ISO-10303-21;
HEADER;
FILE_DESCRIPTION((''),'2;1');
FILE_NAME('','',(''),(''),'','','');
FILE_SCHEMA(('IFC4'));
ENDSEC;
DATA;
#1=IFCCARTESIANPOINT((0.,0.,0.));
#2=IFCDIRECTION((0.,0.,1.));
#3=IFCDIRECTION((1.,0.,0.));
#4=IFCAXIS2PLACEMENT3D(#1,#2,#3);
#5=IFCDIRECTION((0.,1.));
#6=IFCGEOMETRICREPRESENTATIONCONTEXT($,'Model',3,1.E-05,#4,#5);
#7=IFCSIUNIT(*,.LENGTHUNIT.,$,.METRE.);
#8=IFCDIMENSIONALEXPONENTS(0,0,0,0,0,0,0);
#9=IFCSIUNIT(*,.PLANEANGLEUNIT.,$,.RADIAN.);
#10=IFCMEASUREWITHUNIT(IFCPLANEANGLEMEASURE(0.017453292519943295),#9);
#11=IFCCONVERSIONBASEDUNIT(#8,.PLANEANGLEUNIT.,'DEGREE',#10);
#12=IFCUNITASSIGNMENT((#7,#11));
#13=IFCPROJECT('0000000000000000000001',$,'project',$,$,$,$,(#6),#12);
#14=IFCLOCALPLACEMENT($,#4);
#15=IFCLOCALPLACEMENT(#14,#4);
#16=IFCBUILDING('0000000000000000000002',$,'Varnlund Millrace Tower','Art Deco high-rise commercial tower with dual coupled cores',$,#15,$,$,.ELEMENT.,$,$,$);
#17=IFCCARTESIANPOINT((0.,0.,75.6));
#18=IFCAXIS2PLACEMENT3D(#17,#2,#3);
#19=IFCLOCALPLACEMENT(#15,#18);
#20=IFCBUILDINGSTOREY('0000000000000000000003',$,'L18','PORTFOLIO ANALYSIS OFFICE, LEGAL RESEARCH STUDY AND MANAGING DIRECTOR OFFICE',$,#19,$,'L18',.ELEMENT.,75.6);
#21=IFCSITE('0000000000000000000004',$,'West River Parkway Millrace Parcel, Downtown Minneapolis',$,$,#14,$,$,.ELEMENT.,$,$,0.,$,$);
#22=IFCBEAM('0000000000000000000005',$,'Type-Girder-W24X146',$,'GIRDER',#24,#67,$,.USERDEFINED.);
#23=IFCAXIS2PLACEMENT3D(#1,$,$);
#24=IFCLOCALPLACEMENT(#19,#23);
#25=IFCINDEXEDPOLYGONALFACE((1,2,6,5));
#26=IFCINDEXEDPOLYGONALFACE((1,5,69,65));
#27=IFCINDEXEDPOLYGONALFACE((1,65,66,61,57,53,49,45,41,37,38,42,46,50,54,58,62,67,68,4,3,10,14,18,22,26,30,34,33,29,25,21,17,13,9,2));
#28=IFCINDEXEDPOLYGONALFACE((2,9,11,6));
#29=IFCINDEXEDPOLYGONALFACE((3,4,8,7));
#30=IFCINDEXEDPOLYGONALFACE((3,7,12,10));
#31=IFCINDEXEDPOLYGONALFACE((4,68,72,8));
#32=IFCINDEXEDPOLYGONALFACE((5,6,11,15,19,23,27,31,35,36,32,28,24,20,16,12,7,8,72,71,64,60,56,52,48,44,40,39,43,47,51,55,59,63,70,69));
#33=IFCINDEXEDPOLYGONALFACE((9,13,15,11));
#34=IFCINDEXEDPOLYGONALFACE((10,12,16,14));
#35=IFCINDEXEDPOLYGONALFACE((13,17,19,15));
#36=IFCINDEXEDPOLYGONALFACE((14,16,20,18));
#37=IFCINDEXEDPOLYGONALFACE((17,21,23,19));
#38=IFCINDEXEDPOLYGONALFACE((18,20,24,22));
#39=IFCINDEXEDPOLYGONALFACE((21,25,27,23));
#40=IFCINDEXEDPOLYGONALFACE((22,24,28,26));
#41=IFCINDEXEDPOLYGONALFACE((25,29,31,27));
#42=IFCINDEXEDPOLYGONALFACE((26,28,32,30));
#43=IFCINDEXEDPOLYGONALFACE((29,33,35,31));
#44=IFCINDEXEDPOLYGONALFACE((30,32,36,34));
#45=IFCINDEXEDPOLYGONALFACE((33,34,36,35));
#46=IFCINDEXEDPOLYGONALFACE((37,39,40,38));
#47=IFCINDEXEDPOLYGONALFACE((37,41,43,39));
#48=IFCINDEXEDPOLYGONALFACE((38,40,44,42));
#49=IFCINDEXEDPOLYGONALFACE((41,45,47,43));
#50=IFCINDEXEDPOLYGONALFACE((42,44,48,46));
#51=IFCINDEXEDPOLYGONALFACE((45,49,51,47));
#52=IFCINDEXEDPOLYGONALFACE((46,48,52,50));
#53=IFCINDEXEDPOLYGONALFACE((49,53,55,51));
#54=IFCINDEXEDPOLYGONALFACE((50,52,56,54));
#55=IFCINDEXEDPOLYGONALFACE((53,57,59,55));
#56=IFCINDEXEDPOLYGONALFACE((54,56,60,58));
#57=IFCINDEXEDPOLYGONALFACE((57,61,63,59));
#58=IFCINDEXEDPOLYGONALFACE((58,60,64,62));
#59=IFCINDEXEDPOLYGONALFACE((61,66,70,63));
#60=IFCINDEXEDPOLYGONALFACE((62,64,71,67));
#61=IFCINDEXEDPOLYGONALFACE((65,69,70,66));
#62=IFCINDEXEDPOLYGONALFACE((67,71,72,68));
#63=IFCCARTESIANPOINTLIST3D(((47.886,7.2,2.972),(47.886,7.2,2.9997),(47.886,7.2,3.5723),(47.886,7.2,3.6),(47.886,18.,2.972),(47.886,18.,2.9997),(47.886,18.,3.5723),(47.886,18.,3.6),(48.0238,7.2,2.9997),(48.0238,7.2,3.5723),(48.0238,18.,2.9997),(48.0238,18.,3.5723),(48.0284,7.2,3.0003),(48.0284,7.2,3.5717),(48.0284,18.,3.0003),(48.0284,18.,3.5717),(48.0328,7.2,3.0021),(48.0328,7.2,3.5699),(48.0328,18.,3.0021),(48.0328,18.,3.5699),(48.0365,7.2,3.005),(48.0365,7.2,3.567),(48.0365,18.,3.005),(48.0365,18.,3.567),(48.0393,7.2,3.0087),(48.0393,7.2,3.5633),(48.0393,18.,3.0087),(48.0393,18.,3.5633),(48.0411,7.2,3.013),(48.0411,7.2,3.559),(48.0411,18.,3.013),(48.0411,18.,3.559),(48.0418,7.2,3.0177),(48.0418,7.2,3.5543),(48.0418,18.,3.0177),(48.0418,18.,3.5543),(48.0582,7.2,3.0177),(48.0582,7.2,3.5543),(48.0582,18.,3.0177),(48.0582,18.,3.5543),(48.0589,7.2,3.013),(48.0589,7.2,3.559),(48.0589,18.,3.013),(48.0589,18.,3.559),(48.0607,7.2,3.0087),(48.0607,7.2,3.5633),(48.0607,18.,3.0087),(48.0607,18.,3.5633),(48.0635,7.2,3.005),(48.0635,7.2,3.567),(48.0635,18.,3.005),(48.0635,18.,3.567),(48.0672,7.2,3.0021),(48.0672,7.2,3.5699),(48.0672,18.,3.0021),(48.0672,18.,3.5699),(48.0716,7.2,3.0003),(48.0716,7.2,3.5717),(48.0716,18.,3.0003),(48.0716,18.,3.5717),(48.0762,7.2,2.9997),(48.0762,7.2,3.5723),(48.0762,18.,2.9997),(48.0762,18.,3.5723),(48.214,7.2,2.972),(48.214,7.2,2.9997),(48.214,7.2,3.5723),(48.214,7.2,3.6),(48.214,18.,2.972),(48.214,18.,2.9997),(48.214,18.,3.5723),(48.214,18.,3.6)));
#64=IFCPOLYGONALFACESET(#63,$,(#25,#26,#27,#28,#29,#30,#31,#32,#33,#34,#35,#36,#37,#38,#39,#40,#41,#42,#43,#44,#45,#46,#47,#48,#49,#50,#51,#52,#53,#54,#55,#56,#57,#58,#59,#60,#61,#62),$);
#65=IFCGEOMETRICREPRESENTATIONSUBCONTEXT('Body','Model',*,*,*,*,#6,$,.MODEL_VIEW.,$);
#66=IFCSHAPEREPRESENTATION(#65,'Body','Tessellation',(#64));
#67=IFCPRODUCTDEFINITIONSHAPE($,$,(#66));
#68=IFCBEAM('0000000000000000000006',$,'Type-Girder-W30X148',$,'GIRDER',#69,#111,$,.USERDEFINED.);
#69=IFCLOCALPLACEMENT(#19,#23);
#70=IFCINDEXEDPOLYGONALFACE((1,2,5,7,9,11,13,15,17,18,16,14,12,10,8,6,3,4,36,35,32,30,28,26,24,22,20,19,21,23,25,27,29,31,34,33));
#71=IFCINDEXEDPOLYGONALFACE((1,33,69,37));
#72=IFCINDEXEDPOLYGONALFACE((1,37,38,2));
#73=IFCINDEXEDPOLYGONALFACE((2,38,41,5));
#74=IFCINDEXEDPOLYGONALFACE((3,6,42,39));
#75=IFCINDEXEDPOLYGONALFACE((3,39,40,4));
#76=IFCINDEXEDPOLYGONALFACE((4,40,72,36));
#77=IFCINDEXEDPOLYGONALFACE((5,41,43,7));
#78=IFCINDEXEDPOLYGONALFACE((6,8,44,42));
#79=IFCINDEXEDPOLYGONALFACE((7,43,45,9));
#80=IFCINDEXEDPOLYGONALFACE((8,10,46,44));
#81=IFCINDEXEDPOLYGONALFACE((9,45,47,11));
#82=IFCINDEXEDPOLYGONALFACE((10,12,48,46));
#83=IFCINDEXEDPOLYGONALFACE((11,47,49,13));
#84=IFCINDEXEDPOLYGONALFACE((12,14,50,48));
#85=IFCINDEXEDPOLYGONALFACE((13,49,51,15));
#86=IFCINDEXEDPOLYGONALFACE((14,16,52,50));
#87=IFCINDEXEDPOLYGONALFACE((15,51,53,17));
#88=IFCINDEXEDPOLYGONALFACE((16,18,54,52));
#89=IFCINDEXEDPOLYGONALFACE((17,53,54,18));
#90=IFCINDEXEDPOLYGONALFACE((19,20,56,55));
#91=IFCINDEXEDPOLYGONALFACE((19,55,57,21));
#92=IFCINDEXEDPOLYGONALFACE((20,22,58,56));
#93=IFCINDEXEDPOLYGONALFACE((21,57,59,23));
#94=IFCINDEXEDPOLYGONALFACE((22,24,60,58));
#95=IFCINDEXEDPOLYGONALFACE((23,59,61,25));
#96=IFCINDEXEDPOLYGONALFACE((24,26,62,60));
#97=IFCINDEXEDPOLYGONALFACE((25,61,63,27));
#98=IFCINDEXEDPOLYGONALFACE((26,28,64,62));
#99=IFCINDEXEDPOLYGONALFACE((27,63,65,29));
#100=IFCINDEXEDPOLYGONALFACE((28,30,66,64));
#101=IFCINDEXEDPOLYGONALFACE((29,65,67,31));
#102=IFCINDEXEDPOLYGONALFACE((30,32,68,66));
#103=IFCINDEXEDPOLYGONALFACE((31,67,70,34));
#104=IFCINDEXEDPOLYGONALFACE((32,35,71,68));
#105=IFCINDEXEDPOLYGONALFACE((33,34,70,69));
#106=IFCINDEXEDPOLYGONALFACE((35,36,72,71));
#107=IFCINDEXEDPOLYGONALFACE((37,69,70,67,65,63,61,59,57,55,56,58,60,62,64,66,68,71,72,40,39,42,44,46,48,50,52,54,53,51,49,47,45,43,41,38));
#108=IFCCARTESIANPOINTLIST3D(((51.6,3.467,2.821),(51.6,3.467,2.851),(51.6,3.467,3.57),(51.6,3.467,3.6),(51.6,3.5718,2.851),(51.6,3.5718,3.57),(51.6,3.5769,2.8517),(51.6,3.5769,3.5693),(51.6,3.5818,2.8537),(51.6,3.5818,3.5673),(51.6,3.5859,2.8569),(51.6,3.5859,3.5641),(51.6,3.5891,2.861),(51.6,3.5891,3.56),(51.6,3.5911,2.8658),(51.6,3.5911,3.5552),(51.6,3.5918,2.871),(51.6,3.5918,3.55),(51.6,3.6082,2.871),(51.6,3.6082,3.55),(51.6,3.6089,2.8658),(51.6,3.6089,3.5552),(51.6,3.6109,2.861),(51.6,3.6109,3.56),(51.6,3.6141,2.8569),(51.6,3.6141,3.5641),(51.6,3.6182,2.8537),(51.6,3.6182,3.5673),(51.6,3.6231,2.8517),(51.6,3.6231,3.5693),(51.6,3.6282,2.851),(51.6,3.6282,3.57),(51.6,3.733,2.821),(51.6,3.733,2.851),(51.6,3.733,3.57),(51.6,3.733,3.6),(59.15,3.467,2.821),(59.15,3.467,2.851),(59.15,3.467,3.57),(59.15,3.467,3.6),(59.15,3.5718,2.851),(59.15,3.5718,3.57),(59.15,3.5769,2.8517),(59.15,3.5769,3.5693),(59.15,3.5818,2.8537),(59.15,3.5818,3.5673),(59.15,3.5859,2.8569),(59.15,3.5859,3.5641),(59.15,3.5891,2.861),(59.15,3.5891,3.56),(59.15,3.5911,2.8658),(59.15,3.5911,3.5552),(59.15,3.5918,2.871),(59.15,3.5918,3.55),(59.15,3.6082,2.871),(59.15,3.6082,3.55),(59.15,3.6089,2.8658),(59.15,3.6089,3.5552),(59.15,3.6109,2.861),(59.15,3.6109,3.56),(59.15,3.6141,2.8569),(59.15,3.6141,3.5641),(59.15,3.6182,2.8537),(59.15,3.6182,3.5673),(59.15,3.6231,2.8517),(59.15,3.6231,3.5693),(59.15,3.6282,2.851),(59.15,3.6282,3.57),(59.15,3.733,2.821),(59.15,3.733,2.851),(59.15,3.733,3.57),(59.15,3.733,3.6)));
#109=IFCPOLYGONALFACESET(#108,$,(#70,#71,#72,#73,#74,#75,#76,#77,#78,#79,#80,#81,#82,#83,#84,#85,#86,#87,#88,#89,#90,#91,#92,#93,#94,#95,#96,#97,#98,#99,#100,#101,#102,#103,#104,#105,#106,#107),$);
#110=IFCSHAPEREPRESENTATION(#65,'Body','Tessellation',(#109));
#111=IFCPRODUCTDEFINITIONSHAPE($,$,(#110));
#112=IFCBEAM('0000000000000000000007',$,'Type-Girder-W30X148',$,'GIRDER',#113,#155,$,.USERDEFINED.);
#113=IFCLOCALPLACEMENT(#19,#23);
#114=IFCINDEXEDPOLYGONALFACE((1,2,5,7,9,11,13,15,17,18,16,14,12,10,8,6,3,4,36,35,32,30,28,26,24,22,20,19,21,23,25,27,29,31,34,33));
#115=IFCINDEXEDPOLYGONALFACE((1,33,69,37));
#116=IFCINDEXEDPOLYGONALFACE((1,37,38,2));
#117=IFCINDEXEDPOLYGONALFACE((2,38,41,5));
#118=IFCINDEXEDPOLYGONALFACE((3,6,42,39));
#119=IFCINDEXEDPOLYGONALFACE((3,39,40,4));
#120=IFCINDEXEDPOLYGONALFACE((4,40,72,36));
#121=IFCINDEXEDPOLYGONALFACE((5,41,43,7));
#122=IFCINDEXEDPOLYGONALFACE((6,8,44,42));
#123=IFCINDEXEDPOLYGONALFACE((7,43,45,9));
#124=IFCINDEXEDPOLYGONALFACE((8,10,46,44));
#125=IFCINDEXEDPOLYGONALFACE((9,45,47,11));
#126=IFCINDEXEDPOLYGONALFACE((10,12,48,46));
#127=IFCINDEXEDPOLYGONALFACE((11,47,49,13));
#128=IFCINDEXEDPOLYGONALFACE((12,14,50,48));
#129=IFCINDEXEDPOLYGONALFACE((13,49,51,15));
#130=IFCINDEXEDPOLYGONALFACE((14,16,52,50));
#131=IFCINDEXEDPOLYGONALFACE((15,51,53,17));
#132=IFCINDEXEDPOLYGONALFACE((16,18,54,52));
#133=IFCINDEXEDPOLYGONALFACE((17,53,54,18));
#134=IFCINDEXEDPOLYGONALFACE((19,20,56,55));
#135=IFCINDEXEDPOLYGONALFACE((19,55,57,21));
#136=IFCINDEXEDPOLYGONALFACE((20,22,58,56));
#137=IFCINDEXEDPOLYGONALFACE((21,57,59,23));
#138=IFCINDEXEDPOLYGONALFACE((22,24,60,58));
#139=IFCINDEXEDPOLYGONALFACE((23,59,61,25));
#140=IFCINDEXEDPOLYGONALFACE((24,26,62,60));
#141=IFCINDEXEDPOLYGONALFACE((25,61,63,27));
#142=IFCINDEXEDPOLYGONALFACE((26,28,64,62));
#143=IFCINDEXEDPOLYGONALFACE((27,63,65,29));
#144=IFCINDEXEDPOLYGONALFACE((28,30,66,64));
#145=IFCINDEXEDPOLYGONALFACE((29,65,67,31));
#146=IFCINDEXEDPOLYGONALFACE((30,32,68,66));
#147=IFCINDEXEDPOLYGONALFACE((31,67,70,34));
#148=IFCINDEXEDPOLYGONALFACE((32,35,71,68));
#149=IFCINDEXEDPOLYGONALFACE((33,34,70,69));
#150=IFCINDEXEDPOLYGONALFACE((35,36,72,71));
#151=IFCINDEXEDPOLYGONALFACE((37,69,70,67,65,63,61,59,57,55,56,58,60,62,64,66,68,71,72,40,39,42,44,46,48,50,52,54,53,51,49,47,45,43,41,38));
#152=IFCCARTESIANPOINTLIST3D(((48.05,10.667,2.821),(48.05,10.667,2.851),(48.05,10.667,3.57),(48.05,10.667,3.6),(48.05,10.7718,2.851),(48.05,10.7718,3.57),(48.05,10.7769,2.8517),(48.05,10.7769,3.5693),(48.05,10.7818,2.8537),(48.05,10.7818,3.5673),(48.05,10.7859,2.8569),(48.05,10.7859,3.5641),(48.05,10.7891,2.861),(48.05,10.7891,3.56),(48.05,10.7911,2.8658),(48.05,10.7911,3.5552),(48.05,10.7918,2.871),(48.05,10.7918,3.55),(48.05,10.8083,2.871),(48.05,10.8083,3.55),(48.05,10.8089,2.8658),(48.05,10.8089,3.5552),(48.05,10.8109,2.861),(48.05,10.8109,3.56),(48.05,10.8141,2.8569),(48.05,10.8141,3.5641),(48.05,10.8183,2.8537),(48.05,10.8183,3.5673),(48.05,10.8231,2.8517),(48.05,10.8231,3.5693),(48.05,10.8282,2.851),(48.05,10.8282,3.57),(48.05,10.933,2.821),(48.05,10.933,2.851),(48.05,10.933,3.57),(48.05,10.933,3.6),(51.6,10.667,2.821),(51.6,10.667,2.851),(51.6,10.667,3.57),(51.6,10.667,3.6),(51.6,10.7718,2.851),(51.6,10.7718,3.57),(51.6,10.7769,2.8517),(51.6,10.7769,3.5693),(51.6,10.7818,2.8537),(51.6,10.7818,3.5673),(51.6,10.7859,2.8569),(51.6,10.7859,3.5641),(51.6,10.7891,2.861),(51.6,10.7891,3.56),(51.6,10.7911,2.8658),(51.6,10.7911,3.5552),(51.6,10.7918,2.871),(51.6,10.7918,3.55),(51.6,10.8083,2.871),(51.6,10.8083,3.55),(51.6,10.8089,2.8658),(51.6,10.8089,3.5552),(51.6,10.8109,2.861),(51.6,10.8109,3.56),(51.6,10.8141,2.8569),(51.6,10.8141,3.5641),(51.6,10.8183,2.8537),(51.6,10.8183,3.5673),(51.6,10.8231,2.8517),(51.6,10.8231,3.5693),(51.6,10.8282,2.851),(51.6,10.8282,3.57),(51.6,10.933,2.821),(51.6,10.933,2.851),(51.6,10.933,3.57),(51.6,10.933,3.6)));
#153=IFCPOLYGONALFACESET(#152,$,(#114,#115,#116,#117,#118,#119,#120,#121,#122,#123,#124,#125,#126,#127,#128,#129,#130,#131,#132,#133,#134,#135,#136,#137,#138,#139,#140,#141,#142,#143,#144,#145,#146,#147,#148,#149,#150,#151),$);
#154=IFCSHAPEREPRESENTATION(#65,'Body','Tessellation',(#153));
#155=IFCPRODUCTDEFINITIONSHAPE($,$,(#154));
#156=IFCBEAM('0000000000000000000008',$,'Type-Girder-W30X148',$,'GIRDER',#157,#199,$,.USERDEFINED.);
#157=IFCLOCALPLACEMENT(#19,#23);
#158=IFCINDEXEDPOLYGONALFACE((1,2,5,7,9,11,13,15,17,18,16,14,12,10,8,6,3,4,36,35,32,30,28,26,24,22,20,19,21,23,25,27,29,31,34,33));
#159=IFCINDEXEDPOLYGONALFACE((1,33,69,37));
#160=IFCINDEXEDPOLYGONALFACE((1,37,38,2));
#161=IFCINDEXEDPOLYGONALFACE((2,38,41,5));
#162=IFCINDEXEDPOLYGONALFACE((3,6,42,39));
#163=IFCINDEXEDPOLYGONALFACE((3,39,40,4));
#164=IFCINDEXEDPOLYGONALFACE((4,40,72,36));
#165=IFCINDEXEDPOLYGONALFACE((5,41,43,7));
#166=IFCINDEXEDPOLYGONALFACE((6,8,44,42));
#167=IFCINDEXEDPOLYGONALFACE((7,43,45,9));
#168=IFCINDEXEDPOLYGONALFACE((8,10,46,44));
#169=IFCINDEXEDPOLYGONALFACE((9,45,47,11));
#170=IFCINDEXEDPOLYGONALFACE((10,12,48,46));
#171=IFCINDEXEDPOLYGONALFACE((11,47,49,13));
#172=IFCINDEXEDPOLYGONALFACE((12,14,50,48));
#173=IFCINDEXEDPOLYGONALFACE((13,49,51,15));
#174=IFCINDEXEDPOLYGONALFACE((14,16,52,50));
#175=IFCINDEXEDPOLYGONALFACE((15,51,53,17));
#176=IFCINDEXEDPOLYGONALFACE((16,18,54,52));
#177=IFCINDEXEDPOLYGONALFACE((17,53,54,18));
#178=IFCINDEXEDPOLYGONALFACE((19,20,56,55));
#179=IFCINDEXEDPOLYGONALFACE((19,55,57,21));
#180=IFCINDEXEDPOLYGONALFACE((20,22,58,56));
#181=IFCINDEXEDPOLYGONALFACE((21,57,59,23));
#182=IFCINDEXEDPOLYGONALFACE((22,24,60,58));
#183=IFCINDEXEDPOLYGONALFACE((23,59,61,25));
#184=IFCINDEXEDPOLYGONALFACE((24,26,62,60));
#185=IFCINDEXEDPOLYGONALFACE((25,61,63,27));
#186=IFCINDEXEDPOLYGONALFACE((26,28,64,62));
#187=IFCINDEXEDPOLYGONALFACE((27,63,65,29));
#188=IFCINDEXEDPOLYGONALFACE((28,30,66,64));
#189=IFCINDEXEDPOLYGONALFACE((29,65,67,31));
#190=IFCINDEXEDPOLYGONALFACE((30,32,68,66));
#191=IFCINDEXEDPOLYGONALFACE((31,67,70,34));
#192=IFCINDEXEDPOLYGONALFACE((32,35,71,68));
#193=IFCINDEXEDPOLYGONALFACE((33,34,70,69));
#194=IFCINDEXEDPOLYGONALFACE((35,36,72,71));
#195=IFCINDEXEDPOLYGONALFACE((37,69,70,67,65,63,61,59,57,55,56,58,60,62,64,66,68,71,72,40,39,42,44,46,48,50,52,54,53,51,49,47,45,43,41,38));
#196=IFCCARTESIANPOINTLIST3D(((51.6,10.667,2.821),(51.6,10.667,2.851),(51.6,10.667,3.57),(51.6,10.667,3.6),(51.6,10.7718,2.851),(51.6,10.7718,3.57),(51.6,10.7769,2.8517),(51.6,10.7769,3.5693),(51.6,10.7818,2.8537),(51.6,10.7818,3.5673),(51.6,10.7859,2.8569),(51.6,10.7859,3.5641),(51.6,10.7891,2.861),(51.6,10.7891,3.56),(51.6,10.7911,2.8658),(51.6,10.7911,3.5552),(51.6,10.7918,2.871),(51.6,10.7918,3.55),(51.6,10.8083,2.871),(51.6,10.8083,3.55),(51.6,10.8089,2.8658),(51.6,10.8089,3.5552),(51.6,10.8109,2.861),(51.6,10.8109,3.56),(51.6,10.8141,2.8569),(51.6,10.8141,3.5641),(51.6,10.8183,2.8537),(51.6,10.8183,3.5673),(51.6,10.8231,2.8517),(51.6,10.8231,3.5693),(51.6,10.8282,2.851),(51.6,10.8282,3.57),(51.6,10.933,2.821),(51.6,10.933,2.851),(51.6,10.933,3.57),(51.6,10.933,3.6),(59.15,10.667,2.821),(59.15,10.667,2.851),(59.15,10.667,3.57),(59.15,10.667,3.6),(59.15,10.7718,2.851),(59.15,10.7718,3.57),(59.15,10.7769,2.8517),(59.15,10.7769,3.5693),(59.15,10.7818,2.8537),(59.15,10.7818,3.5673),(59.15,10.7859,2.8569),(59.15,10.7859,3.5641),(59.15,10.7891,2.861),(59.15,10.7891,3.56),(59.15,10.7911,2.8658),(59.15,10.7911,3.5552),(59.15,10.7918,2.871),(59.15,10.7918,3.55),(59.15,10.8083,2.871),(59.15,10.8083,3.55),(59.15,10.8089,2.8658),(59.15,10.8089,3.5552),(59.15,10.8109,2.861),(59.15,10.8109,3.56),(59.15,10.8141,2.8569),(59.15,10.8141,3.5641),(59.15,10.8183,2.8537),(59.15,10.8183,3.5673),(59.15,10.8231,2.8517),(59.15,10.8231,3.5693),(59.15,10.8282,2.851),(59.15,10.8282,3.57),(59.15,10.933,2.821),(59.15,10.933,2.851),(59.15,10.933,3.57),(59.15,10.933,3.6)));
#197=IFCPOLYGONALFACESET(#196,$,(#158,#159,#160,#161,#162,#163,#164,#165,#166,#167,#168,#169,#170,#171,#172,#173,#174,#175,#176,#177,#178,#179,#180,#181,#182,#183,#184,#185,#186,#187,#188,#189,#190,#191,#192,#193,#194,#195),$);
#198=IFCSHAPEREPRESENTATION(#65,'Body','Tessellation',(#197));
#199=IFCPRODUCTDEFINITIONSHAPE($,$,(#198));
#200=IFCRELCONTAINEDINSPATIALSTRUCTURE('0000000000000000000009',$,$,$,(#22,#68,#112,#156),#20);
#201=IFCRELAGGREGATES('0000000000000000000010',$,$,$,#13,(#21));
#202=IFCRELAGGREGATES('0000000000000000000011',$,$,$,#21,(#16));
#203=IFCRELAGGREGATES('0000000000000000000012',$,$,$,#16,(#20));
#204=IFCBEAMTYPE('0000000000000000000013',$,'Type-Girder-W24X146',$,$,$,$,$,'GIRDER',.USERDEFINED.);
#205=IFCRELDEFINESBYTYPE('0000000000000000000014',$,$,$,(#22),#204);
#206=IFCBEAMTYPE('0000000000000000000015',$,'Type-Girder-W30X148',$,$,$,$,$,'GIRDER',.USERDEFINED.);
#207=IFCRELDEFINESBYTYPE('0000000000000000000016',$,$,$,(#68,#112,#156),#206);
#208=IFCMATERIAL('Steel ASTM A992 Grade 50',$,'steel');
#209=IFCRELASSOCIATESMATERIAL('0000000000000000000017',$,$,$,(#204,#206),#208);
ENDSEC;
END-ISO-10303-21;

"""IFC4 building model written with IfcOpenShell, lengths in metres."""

from ifc_helpers import new_model, entity, si_unit, converted_unit, direction, frame, origin_with_axes, origin_2d_with_axis, place, context, subcontext, project, spatial, i_section, extrude, material, material_profile, profile_set, type_object, element, save


model = new_model("IFC4")

# Units and contexts
model_context = context("Model", 3, precision=1e-05, world=origin_with_axes(), true_north=direction((0.0, 1.0)))
body_context = subcontext(model_context, "Body", "Model", "MODEL_VIEW")
ifc_project = project(units=[si_unit("LENGTHUNIT", "METRE"), converted_unit("PLANEANGLEUNIT", "DEGREE", entity("IfcPlaneAngleMeasure", 0.017453292519943295), si_unit("PLANEANGLEUNIT", "RADIAN"), dimensions=[0, 0, 0, 0, 0, 0, 0])], contexts=[model_context])

# Site, building, storey
site_placement = place(None, origin_with_axes())
site = spatial("IfcSite", under=ifc_project, at=site_placement, Name="West River Parkway Millrace Parcel, Downtown Minneapolis", CompositionType="ELEMENT", RefElevation=0.0)
building_placement = place(site_placement, origin_with_axes())
building = spatial("IfcBuilding", under=site, at=building_placement, Name="Varnlund Millrace Tower", Description="Art Deco high-rise commercial tower with dual coupled cores", CompositionType="ELEMENT")
storey_placement = place(building_placement, frame((0.0, 0.0, 75.6), z_axis=(0.0, 0.0, 1.0), x_axis=(1.0, 0.0, 0.0)))
storey = spatial("IfcBuildingStorey", under=building, at=storey_placement, Name="L18", Description="PORTFOLIO ANALYSIS OFFICE, LEGAL RESEARCH STUDY AND MANAGING DIRECTOR OFFICE", LongName="L18", CompositionType="ELEMENT", Elevation=75.6)

# Beams
ifc_material_1 = material(Name="Steel ASTM A992 Grade 50", Category="steel")
ifc_material_profile_1 = material_profile(ifc_material_1, i_section(OverallWidth=0.328, OverallDepth=0.628, WebThickness=0.0165, FlangeThickness=0.0277, FilletRadius=0.018, at=origin_2d_with_axis()), Name="Steel ASTM A992 Grade 50")
ifc_profile_set_1 = profile_set([ifc_material_profile_1], Name="Steel ASTM A992 Grade 50")
beam_type_1 = type_object("IfcBeamType", Name="Type-Girder-W24X146", ElementType="GIRDER", PredefinedType="USERDEFINED", material=ifc_profile_set_1)
beam_1_placement = place(storey_placement, frame((48.05, 7.2, 3.286), z_axis=(0.0, 1.0, 0.0), x_axis=(-1.0, 0.0, 0.0)))
element("IfcBeam", 1, at=beam_1_placement, inside=storey, type_object=beam_type_1, Name="Type-Girder-W24X146", ObjectType="GIRDER", PredefinedType="USERDEFINED", context=body_context, shape_type="SweptSolid", body=[
    extrude(i_section(OverallWidth=0.328, OverallDepth=0.628, WebThickness=0.0165, FlangeThickness=0.0277, FilletRadius=0.018, at=origin_2d_with_axis()), origin_with_axes(), (0.0, 0.0, 1.0), 10.8),
])
ifc_material_profile_2 = material_profile(ifc_material_1, i_section(OverallWidth=0.266, OverallDepth=0.779, WebThickness=0.0165, FlangeThickness=0.03, FilletRadius=0.02, at=origin_2d_with_axis()), Name="Steel ASTM A992 Grade 50")
ifc_profile_set_2 = profile_set([ifc_material_profile_2], Name="Steel ASTM A992 Grade 50")
beam_type_2 = type_object("IfcBeamType", Name="Type-Girder-W30X148", ElementType="GIRDER", PredefinedType="USERDEFINED", material=ifc_profile_set_2)
beam_2_placement = place(storey_placement, frame((51.6, 3.6, 3.2105), z_axis=(1.0, 0.0, 0.0), x_axis=(0.0, 1.0, 0.0)))
element("IfcBeam", 2, at=beam_2_placement, inside=storey, type_object=beam_type_2, Name="Type-Girder-W30X148", ObjectType="GIRDER", PredefinedType="USERDEFINED", context=body_context, shape_type="SweptSolid", body=[
    extrude(i_section(OverallWidth=0.266, OverallDepth=0.779, WebThickness=0.0165, FlangeThickness=0.03, FilletRadius=0.02, at=origin_2d_with_axis()), origin_with_axes(), (0.0, 0.0, 1.0), 7.55),
])
beam_3_placement = place(storey_placement, frame((48.05, 10.8, 3.2105), z_axis=(1.0, 0.0, 0.0), x_axis=(0.0, 1.0, 0.0)))
element("IfcBeam", 3, at=beam_3_placement, inside=storey, type_object=beam_type_2, Name="Type-Girder-W30X148", ObjectType="GIRDER", PredefinedType="USERDEFINED", context=body_context, shape_type="SweptSolid", body=[
    extrude(i_section(OverallWidth=0.266, OverallDepth=0.779, WebThickness=0.0165, FlangeThickness=0.03, FilletRadius=0.02, at=origin_2d_with_axis()), origin_with_axes(), (0.0, 0.0, 1.0), 3.55),
])
beam_4_placement = place(storey_placement, frame((51.6, 10.8, 3.2105), z_axis=(1.0, 0.0, 0.0), x_axis=(0.0, 1.0, 0.0)))
element("IfcBeam", 4, at=beam_4_placement, inside=storey, type_object=beam_type_2, Name="Type-Girder-W30X148", ObjectType="GIRDER", PredefinedType="USERDEFINED", context=body_context, shape_type="SweptSolid", body=[
    extrude(i_section(OverallWidth=0.266, OverallDepth=0.779, WebThickness=0.0165, FlangeThickness=0.03, FilletRadius=0.02, at=origin_2d_with_axis()), origin_with_axes(), (0.0, 0.0, 1.0), 7.55),
])

save(model, "model.ifc")
